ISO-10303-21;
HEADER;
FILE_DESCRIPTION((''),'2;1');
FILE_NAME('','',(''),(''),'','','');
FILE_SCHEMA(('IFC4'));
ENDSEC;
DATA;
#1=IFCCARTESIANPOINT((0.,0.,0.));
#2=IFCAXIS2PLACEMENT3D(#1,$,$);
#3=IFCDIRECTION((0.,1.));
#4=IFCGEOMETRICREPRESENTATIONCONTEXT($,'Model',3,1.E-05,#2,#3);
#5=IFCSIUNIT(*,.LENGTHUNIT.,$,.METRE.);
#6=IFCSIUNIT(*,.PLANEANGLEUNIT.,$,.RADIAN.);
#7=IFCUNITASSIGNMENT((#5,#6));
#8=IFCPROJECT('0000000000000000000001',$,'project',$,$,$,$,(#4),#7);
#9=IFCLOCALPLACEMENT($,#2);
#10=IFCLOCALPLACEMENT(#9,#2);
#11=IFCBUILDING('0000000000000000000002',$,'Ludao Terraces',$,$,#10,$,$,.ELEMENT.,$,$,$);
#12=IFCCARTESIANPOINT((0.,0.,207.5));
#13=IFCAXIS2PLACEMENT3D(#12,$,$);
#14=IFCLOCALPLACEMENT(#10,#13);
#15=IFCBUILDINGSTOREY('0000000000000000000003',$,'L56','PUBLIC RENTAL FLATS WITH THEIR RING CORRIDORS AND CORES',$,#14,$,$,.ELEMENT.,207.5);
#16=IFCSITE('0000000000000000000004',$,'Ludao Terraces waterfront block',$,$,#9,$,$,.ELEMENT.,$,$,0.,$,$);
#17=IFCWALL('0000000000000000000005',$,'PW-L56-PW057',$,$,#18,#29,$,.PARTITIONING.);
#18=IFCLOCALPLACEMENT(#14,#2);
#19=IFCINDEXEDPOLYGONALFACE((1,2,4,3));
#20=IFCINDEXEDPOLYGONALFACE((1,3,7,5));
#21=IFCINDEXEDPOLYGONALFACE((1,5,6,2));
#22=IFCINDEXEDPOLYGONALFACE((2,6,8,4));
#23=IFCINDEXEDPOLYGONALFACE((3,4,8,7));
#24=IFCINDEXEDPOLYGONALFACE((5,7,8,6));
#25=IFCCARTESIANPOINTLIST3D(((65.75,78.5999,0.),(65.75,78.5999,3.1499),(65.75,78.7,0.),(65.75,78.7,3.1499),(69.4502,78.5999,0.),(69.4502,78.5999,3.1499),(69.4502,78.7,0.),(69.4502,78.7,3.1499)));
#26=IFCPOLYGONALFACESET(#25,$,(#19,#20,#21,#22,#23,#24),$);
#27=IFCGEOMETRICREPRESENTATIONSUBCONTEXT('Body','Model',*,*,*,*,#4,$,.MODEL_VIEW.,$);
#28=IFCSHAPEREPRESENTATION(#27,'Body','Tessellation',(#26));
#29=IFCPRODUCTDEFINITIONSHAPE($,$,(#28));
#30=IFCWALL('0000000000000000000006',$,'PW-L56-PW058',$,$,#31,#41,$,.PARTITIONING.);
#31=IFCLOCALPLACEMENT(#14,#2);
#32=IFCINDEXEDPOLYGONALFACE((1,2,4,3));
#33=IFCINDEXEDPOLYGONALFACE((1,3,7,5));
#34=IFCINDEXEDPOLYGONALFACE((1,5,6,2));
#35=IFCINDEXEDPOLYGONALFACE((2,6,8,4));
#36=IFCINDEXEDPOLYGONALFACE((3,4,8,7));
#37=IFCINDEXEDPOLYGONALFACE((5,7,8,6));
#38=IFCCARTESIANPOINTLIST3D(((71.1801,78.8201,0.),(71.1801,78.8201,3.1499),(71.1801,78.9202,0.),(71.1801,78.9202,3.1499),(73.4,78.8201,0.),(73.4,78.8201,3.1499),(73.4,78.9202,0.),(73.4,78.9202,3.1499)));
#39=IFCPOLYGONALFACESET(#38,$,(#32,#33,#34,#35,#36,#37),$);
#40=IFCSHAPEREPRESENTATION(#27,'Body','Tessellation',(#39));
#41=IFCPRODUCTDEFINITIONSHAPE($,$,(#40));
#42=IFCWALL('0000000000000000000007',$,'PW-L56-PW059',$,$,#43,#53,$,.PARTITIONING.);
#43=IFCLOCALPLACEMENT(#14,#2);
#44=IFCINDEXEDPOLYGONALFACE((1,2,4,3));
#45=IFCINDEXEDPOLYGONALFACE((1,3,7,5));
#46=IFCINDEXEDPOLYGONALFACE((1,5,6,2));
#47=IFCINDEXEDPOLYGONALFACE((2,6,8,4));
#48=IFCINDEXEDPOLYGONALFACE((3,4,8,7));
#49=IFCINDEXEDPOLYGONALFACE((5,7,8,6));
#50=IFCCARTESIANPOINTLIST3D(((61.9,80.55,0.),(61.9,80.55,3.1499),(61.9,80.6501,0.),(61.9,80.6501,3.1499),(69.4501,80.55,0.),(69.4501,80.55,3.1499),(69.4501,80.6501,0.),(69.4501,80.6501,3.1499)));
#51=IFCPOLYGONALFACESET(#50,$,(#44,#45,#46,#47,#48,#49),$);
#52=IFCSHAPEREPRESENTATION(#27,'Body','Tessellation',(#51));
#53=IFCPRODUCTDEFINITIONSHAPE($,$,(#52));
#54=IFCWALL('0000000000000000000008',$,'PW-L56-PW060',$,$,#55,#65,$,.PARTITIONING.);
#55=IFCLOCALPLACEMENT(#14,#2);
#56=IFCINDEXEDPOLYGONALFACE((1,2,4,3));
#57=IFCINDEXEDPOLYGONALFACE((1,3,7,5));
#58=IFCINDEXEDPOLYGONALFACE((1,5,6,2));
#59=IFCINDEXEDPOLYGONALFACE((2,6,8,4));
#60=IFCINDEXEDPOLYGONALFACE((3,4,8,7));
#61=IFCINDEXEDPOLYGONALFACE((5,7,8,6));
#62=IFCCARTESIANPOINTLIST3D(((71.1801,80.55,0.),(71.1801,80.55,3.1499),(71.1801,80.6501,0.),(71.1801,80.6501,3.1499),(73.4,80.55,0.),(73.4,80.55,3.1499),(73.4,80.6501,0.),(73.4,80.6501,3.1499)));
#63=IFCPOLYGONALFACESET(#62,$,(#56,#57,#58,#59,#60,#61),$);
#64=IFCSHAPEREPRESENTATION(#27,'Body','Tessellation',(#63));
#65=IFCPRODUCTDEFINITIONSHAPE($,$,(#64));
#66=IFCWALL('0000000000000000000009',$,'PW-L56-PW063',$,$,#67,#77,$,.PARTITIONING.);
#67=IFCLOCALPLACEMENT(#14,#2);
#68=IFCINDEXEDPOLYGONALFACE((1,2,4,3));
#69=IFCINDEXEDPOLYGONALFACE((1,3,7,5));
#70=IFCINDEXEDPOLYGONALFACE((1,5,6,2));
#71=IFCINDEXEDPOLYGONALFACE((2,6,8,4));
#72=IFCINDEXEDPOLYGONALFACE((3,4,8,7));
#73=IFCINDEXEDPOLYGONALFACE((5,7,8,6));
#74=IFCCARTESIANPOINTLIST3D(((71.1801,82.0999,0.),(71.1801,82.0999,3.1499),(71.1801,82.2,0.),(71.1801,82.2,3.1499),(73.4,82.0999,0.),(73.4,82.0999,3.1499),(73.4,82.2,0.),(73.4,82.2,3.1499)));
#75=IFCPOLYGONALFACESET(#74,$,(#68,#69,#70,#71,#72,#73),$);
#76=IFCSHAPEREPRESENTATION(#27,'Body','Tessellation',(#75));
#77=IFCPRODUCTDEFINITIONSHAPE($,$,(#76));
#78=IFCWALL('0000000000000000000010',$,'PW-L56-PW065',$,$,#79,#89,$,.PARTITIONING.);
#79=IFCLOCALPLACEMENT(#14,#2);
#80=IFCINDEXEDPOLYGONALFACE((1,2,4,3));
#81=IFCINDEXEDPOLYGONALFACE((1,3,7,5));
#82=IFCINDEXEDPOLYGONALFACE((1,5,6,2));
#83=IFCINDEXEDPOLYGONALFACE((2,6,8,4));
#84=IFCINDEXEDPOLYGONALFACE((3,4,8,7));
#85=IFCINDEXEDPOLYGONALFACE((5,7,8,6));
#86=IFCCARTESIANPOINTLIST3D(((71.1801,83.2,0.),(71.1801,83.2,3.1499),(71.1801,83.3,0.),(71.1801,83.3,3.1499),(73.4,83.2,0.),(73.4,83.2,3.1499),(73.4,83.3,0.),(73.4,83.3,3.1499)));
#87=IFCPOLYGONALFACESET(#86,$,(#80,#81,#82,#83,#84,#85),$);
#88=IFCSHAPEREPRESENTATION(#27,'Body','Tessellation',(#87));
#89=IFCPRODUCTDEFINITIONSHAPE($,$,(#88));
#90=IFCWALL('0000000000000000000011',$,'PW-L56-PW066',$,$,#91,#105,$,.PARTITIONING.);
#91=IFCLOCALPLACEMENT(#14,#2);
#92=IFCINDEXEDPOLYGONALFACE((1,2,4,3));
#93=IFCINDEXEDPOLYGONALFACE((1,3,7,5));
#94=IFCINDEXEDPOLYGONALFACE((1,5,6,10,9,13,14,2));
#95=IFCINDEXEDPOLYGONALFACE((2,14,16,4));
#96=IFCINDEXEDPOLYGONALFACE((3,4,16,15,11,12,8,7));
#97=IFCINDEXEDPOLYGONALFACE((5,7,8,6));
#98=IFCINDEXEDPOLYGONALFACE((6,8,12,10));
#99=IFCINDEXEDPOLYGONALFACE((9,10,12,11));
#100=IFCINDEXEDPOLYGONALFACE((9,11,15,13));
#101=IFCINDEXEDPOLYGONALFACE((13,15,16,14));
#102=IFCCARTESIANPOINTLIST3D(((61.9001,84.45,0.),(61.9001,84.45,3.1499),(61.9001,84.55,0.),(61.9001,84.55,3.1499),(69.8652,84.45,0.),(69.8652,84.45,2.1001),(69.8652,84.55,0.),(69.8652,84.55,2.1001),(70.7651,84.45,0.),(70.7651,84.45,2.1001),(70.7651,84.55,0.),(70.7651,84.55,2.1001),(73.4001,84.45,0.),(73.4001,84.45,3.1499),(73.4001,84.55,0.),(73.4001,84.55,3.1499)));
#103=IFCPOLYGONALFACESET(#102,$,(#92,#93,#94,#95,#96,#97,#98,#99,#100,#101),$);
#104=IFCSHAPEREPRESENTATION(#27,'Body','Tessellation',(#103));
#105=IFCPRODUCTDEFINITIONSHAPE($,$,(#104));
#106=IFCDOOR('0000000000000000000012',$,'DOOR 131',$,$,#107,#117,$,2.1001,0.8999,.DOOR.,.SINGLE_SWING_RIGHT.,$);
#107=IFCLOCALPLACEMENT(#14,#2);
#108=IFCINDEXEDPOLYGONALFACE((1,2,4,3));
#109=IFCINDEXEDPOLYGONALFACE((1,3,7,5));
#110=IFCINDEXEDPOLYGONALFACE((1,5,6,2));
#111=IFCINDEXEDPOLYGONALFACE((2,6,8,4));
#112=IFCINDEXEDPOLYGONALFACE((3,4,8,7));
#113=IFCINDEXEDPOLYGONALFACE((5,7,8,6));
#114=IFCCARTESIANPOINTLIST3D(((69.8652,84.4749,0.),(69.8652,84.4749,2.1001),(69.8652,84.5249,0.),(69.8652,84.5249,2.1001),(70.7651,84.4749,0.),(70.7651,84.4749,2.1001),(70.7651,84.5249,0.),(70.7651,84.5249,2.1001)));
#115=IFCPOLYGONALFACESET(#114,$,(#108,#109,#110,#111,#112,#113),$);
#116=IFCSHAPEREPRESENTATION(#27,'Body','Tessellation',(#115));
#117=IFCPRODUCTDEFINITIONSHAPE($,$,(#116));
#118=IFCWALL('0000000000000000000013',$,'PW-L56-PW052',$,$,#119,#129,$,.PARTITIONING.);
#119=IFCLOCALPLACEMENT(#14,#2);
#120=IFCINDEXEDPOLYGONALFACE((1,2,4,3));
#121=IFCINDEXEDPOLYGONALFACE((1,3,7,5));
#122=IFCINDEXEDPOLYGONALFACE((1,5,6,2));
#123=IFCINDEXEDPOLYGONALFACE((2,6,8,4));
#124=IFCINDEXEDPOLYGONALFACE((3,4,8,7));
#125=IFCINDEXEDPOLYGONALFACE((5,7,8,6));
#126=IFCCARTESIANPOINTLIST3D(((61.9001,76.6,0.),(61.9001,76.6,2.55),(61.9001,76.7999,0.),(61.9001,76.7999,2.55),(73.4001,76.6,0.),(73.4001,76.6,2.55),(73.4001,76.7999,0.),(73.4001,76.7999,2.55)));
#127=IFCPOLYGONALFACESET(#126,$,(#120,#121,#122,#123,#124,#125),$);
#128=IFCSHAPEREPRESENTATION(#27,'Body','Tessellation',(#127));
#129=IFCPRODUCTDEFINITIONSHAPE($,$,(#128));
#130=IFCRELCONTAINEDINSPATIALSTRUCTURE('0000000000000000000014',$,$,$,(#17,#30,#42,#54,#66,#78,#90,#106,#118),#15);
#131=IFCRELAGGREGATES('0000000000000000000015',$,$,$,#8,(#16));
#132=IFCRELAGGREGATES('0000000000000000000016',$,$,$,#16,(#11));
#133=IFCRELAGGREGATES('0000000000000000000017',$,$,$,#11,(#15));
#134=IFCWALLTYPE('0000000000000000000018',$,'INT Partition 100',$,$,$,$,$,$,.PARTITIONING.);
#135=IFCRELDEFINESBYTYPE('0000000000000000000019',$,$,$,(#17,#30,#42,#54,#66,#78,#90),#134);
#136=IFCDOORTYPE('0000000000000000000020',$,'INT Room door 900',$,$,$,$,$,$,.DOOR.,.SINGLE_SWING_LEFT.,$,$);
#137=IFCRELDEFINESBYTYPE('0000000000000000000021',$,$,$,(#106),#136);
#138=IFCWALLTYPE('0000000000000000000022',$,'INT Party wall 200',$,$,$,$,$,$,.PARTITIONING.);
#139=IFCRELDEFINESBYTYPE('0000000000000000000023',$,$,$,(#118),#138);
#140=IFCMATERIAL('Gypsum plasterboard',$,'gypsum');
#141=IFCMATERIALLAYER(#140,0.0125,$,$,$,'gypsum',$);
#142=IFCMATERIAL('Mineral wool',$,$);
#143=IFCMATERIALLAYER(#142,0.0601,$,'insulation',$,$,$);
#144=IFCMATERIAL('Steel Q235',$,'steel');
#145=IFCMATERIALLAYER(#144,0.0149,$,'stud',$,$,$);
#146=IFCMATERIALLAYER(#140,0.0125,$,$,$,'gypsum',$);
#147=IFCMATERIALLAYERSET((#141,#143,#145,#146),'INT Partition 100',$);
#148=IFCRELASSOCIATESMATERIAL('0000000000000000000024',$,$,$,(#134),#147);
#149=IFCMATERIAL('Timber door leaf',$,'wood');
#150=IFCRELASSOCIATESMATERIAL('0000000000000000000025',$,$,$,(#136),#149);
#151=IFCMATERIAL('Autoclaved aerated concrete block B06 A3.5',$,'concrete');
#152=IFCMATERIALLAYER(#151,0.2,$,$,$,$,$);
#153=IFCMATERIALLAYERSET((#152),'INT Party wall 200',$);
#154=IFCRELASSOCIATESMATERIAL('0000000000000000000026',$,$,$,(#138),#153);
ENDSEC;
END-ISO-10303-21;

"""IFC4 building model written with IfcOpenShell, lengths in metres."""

from ifc_helpers import new_model, si_unit, direction, frame, frame_2d, origin, place, context, subcontext, project, spatial, rectangle, extrude, material, layer, layer_set, type_object, element, fill, save


model = new_model("IFC4")

# Units and contexts
model_context = context("Model", 3, precision=1e-05, world=origin(), true_north=direction((0.0, 1.0)))
body_context = subcontext(model_context, "Body", "Model", "MODEL_VIEW")
ifc_project = project(units=[si_unit("LENGTHUNIT", "METRE"), si_unit("PLANEANGLEUNIT", "RADIAN")], contexts=[model_context])

# Site, building, storey
site_placement = place(None, origin())
site = spatial("IfcSite", under=ifc_project, at=site_placement, Name="Ludao Terraces waterfront block", CompositionType="ELEMENT", RefElevation=0.0)
building_placement = place(site_placement, origin())
building = spatial("IfcBuilding", under=site, at=building_placement, Name="Ludao Terraces", CompositionType="ELEMENT")
storey_placement = place(building_placement, frame((0.0, 0.0, 207.5)))
storey = spatial("IfcBuildingStorey", under=building, at=storey_placement, Name="L56", Description="PUBLIC RENTAL FLATS WITH THEIR RING CORRIDORS AND CORES", CompositionType="ELEMENT", Elevation=207.5)

# Shared definitions
ifc_material_1 = material(Name="Mineral wool")

# Walls
ifc_material_2 = material(Name="Gypsum plasterboard", Category="gypsum")
ifc_layer_1 = layer(ifc_material_2, 0.0125, Category="gypsum")
ifc_layer_2 = layer(ifc_material_1, 0.0601, Name="insulation")
ifc_material_3 = material(Name="Steel Q235", Category="steel")
ifc_layer_3 = layer(ifc_material_3, 0.0149, Name="stud")
ifc_layer_4 = layer(ifc_material_2, 0.0125, Category="gypsum")
ifc_layer_set_1 = layer_set([ifc_layer_1, ifc_layer_2, ifc_layer_3, ifc_layer_4], Name="INT Partition 100")
wall_type_1 = type_object("IfcWallType", Name="INT Partition 100", PredefinedType="PARTITIONING", material=ifc_layer_set_1)
wall_1_placement = place(storey_placement, frame((65.75, 78.6499, 0.0), z_axis=(0.0, 0.0, 1.0), x_axis=(1.0, 0.0, 0.0)))
element("IfcWall", 1, at=wall_1_placement, inside=storey, type_object=wall_type_1, Name="PW-L56-PW057", PredefinedType="PARTITIONING", context=body_context, shape_type="SweptSolid", body=[
    extrude(rectangle(XDim=3.7002, YDim=0.1001, at=frame_2d((1.8501, 0.0))), origin(), (0.0, 0.0, 1.0), 3.1499),
])
wall_2_placement = place(storey_placement, frame((71.1802, 78.8701, 0.0), z_axis=(0.0, 0.0, 1.0), x_axis=(1.0, 0.0, 0.0)))
element("IfcWall", 2, at=wall_2_placement, inside=storey, type_object=wall_type_1, Name="PW-L56-PW058", PredefinedType="PARTITIONING", context=body_context, shape_type="SweptSolid", body=[
    extrude(rectangle(XDim=2.22, YDim=0.1001, at=frame_2d((1.1099, 0.0))), origin(), (0.0, 0.0, 1.0), 3.1499),
])
wall_3_placement = place(storey_placement, frame((61.9001, 80.6001, 0.0), z_axis=(0.0, 0.0, 1.0), x_axis=(1.0, 0.0, 0.0)))
element("IfcWall", 3, at=wall_3_placement, inside=storey, type_object=wall_type_1, Name="PW-L56-PW059", PredefinedType="PARTITIONING", context=body_context, shape_type="SweptSolid", body=[
    extrude(rectangle(XDim=7.55, YDim=0.1001, at=frame_2d((3.7749, 0.0))), origin(), (0.0, 0.0, 1.0), 3.1499),
])
for number, where, z_axis, x_axis, name in (
    (4, (71.1802, 80.6001, 0.0), (0.0, 0.0, 1.0), (1.0, 0.0, 0.0), "PW-L56-PW060"),
    (5, (71.1802, 82.1499, 0.0), (0.0, 0.0, 1.0), (1.0, 0.0, 0.0), "PW-L56-PW063"),
    (6, (71.1802, 83.25, 0.0), (0.0, 0.0, 1.0), (1.0, 0.0, 0.0), "PW-L56-PW065"),
):
    element("IfcWall", number, at=place(storey_placement, frame(where, z_axis=z_axis, x_axis=x_axis)), inside=storey, type_object=wall_type_1, Name=name, PredefinedType="PARTITIONING", context=body_context, shape_type="SweptSolid", body=[
        extrude(rectangle(XDim=2.22, YDim=0.1001, at=frame_2d((1.1099, 0.0))), origin(), (0.0, 0.0, 1.0), 3.1499),
    ])

# Wall, opening, door
wall_4_placement = place(storey_placement, frame((61.9001, 84.5, 0.0), z_axis=(0.0, 0.0, 1.0), x_axis=(1.0, 0.0, 0.0)))
wall_4 = element("IfcWall", 7, at=wall_4_placement, inside=storey, type_object=wall_type_1, Name="PW-L56-PW066", PredefinedType="PARTITIONING", context=body_context, shape_type="SweptSolid", body=[
    extrude(rectangle(XDim=11.5, YDim=0.1001, at=frame_2d((5.75, 0.0))), origin(), (0.0, 0.0, 1.0), 3.1499),
])
opening_1_placement = place(wall_4_placement, frame((7.9651, 0.0, 0.0)))
opening_1 = element("IfcOpeningElement", 8, at=opening_1_placement, cuts=wall_4, PredefinedType="OPENING", context=body_context, shape_type="SweptSolid", body=[
    extrude(rectangle(XDim=0.8999, YDim=2.1001, at=frame_2d((0.45, 1.05))), frame((0.0, 0.0601, 0.0), z_axis=(0.0, -1.0, 0.0), x_axis=(1.0, 0.0, 0.0)), (0.0, 0.0, 1.0), 0.1201),
])
ifc_material_4 = material(Name="Timber door leaf", Category="wood")
door_type = type_object("IfcDoorType", Name="INT Room door 900", OperationType="SINGLE_SWING_LEFT", PredefinedType="DOOR", material=ifc_material_4)
door_placement = place(opening_1_placement, origin())
door = element("IfcDoor", 9, at=door_placement, inside=storey, type_object=door_type, Name="DOOR 131", OperationType="SINGLE_SWING_RIGHT", OverallHeight=2.1001, OverallWidth=0.8999, PredefinedType="DOOR", context=body_context, shape_type="SweptSolid", body=[
    extrude(rectangle(XDim=0.8999, YDim=2.1001, at=frame_2d((0.45, 1.05))), frame((0.0, 0.0249, 0.0), z_axis=(0.0, -1.0, 0.0), x_axis=(1.0, 0.0, 0.0)), (0.0, 0.0, 1.0), 0.05),
])
fill(opening_1, door)

# Wall
ifc_material_5 = material(Name="Autoclaved aerated concrete block B06 A3.5", Category="concrete")
ifc_layer_5 = layer(ifc_material_5, 0.2)
ifc_layer_set_2 = layer_set([ifc_layer_5], Name="INT Party wall 200")
wall_type_2 = type_object("IfcWallType", Name="INT Party wall 200", PredefinedType="PARTITIONING", material=ifc_layer_set_2)
wall_5_placement = place(storey_placement, frame((61.9001, 76.7, 0.0), z_axis=(0.0, 0.0, 1.0), x_axis=(1.0, 0.0, 0.0)))
element("IfcWall", 10, at=wall_5_placement, inside=storey, type_object=wall_type_2, Name="PW-L56-PW052", PredefinedType="PARTITIONING", context=body_context, shape_type="SweptSolid", body=[
    extrude(rectangle(XDim=11.5, YDim=0.2, at=frame_2d((5.75, 0.0))), origin(), (0.0, 0.0, 1.0), 2.55),
])

save(model, "model.ifc")
